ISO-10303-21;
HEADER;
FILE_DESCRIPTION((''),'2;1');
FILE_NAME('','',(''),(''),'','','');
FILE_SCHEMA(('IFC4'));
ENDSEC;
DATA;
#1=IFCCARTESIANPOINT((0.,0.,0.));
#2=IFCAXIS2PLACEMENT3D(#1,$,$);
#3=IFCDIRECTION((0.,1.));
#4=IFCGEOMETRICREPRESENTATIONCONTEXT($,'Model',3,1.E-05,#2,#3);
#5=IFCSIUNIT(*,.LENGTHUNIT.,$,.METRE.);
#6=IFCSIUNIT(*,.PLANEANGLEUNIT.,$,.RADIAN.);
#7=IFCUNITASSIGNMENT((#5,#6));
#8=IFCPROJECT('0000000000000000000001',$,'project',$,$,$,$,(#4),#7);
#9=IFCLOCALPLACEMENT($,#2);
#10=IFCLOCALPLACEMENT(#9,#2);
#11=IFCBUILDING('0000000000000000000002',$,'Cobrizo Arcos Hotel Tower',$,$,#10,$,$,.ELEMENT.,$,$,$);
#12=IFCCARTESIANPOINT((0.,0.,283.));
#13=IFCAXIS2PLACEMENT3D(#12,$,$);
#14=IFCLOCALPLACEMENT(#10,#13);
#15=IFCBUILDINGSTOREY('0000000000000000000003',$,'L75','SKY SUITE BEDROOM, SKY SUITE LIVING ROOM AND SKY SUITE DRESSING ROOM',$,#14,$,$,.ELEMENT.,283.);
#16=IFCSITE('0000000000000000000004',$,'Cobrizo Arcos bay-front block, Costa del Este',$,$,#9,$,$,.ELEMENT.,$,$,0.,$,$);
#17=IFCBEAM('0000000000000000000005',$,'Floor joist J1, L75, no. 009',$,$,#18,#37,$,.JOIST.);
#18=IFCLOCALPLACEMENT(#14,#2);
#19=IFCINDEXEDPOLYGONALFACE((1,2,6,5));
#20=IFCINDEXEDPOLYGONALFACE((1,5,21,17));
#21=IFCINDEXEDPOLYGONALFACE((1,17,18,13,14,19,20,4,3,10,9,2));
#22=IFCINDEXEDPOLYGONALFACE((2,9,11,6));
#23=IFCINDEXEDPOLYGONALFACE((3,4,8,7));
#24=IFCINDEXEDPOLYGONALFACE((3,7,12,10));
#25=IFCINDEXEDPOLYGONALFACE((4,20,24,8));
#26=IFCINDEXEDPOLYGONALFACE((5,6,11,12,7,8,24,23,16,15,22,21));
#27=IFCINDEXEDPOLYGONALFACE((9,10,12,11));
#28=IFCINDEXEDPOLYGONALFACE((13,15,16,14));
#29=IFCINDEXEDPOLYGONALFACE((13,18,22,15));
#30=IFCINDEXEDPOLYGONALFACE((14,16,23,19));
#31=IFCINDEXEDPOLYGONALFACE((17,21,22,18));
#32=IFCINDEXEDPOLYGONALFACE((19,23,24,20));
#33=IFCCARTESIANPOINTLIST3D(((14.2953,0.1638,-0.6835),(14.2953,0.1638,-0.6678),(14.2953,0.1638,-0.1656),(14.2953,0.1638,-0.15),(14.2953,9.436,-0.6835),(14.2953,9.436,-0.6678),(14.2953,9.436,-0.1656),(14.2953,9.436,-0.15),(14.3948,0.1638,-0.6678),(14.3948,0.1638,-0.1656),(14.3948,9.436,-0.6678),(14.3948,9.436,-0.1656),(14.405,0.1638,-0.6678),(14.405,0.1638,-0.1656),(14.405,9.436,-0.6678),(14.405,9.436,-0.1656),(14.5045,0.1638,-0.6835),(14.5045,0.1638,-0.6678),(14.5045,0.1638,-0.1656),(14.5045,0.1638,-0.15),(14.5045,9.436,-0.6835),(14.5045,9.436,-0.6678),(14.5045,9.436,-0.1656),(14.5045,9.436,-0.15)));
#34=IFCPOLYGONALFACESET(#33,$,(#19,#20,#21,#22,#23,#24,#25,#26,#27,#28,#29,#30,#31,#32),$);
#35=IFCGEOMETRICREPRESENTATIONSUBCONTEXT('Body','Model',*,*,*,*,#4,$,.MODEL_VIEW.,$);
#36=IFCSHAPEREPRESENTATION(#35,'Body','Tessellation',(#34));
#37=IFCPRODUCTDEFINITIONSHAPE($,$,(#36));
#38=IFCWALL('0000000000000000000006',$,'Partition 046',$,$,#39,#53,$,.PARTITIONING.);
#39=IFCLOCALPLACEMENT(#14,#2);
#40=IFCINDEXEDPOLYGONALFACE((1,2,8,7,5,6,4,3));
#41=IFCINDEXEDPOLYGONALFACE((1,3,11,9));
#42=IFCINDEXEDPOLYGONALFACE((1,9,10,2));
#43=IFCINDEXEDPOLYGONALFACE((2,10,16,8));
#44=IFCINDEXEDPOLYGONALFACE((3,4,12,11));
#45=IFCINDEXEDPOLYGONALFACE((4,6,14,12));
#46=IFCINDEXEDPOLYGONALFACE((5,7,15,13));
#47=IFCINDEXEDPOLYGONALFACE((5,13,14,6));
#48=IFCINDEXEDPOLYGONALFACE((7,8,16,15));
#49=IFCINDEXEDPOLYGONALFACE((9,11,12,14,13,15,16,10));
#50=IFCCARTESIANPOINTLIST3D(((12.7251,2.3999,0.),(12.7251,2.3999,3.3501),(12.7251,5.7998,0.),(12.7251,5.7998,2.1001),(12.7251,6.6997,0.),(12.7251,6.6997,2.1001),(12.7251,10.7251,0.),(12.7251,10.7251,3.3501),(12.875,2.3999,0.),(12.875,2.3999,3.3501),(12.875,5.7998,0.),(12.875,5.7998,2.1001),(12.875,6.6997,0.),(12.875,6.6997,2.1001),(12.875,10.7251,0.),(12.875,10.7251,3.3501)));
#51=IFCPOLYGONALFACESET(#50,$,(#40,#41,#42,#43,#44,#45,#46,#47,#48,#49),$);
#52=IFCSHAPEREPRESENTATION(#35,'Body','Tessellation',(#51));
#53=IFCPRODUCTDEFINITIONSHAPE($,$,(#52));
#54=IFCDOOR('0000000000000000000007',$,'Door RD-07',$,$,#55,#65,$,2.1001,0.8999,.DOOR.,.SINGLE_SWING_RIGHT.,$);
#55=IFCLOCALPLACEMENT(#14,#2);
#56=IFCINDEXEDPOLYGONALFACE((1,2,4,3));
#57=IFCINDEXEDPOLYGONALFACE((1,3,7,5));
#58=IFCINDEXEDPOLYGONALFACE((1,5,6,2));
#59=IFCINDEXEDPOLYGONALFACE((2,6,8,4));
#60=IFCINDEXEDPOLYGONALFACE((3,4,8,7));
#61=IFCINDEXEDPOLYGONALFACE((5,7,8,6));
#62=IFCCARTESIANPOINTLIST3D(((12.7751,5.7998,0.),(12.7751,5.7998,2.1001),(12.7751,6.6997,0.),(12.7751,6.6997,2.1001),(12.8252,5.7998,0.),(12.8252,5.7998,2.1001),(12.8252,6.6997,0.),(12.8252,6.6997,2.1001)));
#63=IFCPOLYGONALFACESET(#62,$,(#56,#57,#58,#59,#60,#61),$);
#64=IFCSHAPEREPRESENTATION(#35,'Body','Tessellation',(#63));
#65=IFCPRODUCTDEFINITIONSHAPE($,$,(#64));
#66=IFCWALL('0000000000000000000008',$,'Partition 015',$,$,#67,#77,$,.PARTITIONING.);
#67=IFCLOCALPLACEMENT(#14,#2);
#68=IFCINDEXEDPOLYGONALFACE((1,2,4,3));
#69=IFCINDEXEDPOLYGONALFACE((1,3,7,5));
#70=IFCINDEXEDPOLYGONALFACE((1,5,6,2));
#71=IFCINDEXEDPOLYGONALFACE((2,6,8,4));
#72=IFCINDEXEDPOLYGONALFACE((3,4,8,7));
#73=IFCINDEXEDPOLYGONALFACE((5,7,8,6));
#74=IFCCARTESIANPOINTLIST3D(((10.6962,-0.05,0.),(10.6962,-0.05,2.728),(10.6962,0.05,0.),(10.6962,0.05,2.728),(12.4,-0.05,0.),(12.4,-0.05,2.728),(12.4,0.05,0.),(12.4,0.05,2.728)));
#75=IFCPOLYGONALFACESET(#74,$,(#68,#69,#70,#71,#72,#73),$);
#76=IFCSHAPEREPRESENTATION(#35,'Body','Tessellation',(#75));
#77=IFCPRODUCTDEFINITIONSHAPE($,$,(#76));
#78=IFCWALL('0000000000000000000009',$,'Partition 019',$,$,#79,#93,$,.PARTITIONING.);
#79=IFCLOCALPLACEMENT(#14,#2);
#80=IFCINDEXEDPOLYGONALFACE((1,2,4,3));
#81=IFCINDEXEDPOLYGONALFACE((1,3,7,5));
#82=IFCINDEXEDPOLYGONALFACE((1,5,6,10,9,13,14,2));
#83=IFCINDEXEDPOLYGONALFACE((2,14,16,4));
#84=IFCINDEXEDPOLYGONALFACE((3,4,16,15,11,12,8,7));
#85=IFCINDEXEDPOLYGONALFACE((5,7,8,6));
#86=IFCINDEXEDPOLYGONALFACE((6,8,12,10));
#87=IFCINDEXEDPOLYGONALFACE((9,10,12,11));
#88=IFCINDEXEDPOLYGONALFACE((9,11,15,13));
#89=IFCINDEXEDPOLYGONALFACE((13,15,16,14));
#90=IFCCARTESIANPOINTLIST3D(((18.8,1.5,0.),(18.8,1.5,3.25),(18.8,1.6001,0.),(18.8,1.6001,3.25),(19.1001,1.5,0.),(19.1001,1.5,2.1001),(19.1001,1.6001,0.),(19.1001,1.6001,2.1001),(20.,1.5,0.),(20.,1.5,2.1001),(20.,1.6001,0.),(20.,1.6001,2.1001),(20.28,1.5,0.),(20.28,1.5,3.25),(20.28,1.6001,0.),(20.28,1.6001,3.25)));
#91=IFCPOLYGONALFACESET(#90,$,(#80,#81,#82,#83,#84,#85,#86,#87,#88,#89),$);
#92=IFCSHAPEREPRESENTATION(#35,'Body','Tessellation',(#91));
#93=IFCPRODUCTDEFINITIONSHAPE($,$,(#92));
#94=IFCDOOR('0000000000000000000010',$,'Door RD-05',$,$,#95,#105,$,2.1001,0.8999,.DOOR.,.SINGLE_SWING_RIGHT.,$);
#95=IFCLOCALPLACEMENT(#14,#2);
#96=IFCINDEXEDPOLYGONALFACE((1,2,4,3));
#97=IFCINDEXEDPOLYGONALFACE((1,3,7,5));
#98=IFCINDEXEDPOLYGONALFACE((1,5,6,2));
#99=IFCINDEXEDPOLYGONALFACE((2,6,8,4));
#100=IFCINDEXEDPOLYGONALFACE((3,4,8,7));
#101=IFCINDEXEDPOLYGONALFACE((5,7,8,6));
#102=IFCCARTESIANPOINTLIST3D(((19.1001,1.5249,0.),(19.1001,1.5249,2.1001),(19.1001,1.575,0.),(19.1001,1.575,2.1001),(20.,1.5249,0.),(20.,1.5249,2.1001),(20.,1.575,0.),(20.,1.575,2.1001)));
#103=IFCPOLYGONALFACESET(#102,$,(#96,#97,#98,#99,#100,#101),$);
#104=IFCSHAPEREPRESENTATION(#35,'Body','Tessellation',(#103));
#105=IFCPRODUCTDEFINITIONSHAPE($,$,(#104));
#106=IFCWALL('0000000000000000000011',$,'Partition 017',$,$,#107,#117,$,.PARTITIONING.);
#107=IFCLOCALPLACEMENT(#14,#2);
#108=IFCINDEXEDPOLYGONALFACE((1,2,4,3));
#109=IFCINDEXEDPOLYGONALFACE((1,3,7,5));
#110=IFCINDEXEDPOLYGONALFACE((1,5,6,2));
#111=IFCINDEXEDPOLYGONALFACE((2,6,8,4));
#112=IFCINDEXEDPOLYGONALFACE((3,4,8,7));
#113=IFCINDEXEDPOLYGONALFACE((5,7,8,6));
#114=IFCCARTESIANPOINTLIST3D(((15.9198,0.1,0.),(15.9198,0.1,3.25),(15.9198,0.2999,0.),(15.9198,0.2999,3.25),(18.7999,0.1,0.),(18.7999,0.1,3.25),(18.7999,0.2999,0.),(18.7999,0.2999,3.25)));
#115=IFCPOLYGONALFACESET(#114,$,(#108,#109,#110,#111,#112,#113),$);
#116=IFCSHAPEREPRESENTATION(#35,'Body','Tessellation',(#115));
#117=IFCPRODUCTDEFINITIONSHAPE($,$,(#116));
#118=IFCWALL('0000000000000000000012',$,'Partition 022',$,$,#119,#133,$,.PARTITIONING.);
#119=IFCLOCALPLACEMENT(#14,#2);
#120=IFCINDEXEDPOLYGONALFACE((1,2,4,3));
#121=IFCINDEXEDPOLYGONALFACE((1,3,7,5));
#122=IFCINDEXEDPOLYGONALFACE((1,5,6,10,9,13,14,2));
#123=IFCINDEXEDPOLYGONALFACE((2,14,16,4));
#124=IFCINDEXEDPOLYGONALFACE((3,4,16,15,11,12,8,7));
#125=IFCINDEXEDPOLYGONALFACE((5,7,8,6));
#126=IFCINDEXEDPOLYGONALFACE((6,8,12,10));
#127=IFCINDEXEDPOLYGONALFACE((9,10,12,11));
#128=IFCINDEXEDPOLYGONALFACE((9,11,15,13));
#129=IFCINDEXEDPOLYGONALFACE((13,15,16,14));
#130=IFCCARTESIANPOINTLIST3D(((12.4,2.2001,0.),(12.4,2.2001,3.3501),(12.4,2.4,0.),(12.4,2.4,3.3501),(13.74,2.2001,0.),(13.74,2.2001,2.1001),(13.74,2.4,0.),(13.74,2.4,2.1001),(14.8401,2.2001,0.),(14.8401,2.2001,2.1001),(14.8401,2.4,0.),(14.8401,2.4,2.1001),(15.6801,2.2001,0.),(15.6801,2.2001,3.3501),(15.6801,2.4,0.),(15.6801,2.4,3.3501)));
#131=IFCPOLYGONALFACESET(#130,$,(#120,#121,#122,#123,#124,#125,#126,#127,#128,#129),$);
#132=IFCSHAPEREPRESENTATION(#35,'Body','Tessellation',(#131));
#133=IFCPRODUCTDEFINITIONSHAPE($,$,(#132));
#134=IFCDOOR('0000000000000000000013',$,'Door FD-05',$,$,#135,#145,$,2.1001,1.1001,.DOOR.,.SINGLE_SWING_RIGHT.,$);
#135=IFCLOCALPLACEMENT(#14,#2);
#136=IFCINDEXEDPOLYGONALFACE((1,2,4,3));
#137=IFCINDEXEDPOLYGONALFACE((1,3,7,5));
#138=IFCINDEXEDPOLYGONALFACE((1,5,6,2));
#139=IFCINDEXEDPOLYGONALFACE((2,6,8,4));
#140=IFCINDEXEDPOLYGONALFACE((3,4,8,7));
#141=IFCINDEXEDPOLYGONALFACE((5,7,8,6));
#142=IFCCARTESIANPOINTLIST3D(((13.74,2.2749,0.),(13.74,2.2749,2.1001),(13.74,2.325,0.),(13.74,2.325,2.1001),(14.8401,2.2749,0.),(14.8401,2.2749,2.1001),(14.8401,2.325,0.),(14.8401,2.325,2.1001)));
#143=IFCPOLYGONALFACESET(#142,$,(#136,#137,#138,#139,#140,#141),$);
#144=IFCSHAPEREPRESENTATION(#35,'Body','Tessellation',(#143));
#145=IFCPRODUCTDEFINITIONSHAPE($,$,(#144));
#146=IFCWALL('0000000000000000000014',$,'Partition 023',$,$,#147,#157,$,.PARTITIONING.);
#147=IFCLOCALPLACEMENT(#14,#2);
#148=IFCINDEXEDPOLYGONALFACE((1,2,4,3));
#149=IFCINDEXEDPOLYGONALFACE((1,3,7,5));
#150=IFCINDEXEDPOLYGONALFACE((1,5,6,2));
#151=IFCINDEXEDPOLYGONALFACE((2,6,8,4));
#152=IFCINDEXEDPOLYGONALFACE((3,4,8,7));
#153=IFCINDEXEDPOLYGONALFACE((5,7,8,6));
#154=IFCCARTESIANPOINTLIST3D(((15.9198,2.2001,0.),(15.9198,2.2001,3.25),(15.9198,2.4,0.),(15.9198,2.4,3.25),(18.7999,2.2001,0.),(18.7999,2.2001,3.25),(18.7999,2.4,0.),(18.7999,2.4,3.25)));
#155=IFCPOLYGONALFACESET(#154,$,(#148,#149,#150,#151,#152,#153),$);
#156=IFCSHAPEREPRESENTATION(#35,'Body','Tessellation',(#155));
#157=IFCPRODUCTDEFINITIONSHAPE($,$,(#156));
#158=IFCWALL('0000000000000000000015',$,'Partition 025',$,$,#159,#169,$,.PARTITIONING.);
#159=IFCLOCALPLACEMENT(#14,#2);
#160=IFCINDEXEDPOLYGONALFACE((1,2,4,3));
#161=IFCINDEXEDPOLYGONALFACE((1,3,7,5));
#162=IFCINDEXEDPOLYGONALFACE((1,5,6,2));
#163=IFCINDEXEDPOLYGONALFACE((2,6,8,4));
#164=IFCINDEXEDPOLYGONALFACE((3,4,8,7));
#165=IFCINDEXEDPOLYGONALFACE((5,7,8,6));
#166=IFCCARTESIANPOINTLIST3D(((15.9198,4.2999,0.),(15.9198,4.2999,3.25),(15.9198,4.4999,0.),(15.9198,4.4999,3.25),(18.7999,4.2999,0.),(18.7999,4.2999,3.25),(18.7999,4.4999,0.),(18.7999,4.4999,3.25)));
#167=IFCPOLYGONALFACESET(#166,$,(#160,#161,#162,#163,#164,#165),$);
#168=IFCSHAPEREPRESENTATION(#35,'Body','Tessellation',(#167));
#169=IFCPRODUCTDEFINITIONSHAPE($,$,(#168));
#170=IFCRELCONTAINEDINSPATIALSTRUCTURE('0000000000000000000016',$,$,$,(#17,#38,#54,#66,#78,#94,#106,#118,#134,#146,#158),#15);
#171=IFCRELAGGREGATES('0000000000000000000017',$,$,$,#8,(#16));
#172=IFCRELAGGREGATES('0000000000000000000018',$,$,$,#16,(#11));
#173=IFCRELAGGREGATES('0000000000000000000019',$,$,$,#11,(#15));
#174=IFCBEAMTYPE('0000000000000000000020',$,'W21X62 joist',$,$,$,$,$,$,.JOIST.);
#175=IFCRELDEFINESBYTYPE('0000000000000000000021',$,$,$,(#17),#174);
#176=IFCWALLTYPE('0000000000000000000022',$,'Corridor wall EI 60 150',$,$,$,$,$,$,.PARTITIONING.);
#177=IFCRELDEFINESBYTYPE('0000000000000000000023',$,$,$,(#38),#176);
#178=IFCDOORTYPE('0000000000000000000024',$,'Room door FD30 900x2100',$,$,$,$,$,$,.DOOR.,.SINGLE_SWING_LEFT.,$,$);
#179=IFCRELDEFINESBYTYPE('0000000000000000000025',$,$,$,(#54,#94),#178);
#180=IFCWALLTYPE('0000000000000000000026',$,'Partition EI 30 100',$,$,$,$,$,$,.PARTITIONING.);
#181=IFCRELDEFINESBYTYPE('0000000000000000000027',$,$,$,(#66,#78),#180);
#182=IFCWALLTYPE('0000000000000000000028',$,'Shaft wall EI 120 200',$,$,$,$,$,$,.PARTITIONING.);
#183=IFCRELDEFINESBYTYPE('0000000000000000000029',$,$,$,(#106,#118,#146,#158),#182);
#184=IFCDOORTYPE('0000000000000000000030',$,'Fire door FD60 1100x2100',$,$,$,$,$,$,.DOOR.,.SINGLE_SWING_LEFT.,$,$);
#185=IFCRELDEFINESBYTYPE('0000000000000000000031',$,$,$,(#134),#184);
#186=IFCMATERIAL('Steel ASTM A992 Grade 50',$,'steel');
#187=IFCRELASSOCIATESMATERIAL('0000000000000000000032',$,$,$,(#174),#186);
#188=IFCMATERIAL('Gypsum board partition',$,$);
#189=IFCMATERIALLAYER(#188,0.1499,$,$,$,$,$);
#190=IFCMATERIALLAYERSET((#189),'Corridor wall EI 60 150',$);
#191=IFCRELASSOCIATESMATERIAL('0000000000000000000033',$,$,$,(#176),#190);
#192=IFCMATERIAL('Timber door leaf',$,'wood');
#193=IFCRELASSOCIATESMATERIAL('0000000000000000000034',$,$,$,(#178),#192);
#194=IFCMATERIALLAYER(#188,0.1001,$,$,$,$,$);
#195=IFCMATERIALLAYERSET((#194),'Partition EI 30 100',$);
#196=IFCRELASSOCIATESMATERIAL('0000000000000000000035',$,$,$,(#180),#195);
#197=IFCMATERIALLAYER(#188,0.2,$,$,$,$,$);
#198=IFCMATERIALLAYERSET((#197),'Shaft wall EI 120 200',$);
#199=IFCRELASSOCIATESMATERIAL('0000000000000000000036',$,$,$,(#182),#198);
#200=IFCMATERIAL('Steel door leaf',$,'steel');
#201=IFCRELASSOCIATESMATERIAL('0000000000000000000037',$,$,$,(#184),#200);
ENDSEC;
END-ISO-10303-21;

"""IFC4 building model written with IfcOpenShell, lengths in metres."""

from ifc_helpers import new_model, si_unit, direction, frame, frame_2d, origin, origin_2d, place, context, subcontext, project, spatial, rectangle, i_section, extrude, material, layer, layer_set, material_profile, profile_set, type_object, element, fill, save


model = new_model("IFC4")

# Units and contexts
model_context = context("Model", 3, precision=1e-05, world=origin(), true_north=direction((0.0, 1.0)))
body_context = subcontext(model_context, "Body", "Model", "MODEL_VIEW")
ifc_project = project(units=[si_unit("LENGTHUNIT", "METRE"), si_unit("PLANEANGLEUNIT", "RADIAN")], contexts=[model_context])

# Site, building, storey
site_placement = place(None, origin())
site = spatial("IfcSite", under=ifc_project, at=site_placement, Name="Cobrizo Arcos bay-front block, Costa del Este", CompositionType="ELEMENT", RefElevation=0.0)
building_placement = place(site_placement, origin())
building = spatial("IfcBuilding", under=site, at=building_placement, Name="Cobrizo Arcos Hotel Tower", CompositionType="ELEMENT")
storey_placement = place(building_placement, frame((0.0, 0.0, 283.0)))
storey = spatial("IfcBuildingStorey", under=building, at=storey_placement, Name="L75", Description="SKY SUITE BEDROOM, SKY SUITE LIVING ROOM AND SKY SUITE DRESSING ROOM", CompositionType="ELEMENT", Elevation=283.0)

# Beam
ifc_material_1 = material(Name="Steel ASTM A992 Grade 50", Category="steel")
ifc_material_profile = material_profile(ifc_material_1, i_section(OverallWidth=0.2092, OverallDepth=0.5334, WebThickness=0.0103, FlangeThickness=0.0156, at=origin_2d()), Name="W21X62")
ifc_profile_set = profile_set([ifc_material_profile], Name="Steel ASTM A992 Grade 50")
beam_type = type_object("IfcBeamType", Name="W21X62 joist", PredefinedType="JOIST", material=ifc_profile_set)
beam_placement = place(storey_placement, frame((14.3999, 0.1638, -0.4167), z_axis=(0.0, 1.0, 0.0), x_axis=(-1.0, 0.0, 0.0)))
element("IfcBeam", 1, at=beam_placement, inside=storey, type_object=beam_type, Name="Floor joist J1, L75, no. 009", PredefinedType="JOIST", context=body_context, shape_type="SweptSolid", body=[
    extrude(i_section(OverallWidth=0.2092, OverallDepth=0.5334, WebThickness=0.0103, FlangeThickness=0.0156, at=origin_2d()), origin(), (0.0, 0.0, 1.0), 9.2722),
])

# Wall, opening, door
ifc_material_2 = material(Name="Gypsum board partition")
ifc_layer_1 = layer(ifc_material_2, 0.1499)
ifc_layer_set_1 = layer_set([ifc_layer_1], Name="Corridor wall EI 60 150")
wall_type_1 = type_object("IfcWallType", Name="Corridor wall EI 60 150", PredefinedType="PARTITIONING", material=ifc_layer_set_1)
wall_1_placement = place(storey_placement, frame((12.8, 2.3999, 0.0), z_axis=(0.0, 0.0, 1.0), x_axis=(0.0, 1.0, 0.0)))
wall_1 = element("IfcWall", 2, at=wall_1_placement, inside=storey, type_object=wall_type_1, Name="Partition 046", PredefinedType="PARTITIONING", context=body_context, shape_type="SweptSolid", body=[
    extrude(rectangle(XDim=8.3252, YDim=0.1499, at=frame_2d((4.1626, 0.0))), origin(), (0.0, 0.0, 1.0), 3.3501),
])
opening_1_placement = place(wall_1_placement, frame((3.3999, 0.0, 0.0)))
opening_1 = element("IfcOpeningElement", 3, at=opening_1_placement, cuts=wall_1, PredefinedType="OPENING", context=body_context, shape_type="SweptSolid", body=[
    extrude(rectangle(XDim=0.8999, YDim=2.1001, at=frame_2d((0.45, 1.05))), frame((0.0, 0.0869, 0.0), z_axis=(0.0, -1.0, 0.0), x_axis=(1.0, 0.0, 0.0)), (0.0, 0.0, 1.0), 0.1738),
])
ifc_material_3 = material(Name="Timber door leaf", Category="wood")
door_type_1 = type_object("IfcDoorType", Name="Room door FD30 900x2100", OperationType="SINGLE_SWING_LEFT", PredefinedType="DOOR", material=ifc_material_3)
door_1_placement = place(opening_1_placement, origin())
door_1 = element("IfcDoor", 4, at=door_1_placement, inside=storey, type_object=door_type_1, Name="Door RD-07", OperationType="SINGLE_SWING_RIGHT", OverallHeight=2.1001, OverallWidth=0.8999, PredefinedType="DOOR", context=body_context, shape_type="SweptSolid", body=[
    extrude(rectangle(XDim=0.8999, YDim=2.1001, at=frame_2d((0.45, 1.05))), frame((0.0, 0.0249, 0.0), z_axis=(0.0, -1.0, 0.0), x_axis=(1.0, 0.0, 0.0)), (0.0, 0.0, 1.0), 0.05),
])
fill(opening_1, door_1)

# Wall
ifc_layer_2 = layer(ifc_material_2, 0.1001)
ifc_layer_set_2 = layer_set([ifc_layer_2], Name="Partition EI 30 100")
wall_type_2 = type_object("IfcWallType", Name="Partition EI 30 100", PredefinedType="PARTITIONING", material=ifc_layer_set_2)
wall_2_placement = place(storey_placement, frame((10.696, 0.0, 0.0), z_axis=(0.0, 0.0, 1.0), x_axis=(1.0, 0.0, 0.0)))
element("IfcWall", 5, at=wall_2_placement, inside=storey, type_object=wall_type_2, Name="Partition 015", PredefinedType="PARTITIONING", context=body_context, shape_type="SweptSolid", body=[
    extrude(rectangle(XDim=1.7039, YDim=0.1001, at=frame_2d((0.8521, 0.0))), origin(), (0.0, 0.0, 1.0), 2.728),
])

# Wall, opening, door
wall_3_placement = place(storey_placement, frame((18.8, 1.55, 0.0), z_axis=(0.0, 0.0, 1.0), x_axis=(1.0, 0.0, 0.0)))
wall_3 = element("IfcWall", 6, at=wall_3_placement, inside=storey, type_object=wall_type_2, Name="Partition 019", PredefinedType="PARTITIONING", context=body_context, shape_type="SweptSolid", body=[
    extrude(rectangle(XDim=1.48, YDim=0.1001, at=frame_2d((0.74, 0.0))), origin(), (0.0, 0.0, 1.0), 3.25),
])
opening_2_placement = place(wall_3_placement, frame((0.3, 0.0, 0.0)))
opening_2 = element("IfcOpeningElement", 7, at=opening_2_placement, cuts=wall_3, PredefinedType="OPENING", context=body_context, shape_type="SweptSolid", body=[
    extrude(rectangle(XDim=0.8999, YDim=2.1001, at=frame_2d((0.45, 1.05))), frame((0.0, 0.062, 0.0), z_axis=(0.0, -1.0, 0.0), x_axis=(1.0, 0.0, 0.0)), (0.0, 0.0, 1.0), 0.124),
])
door_2_placement = place(opening_2_placement, origin())
door_2 = element("IfcDoor", 8, at=door_2_placement, inside=storey, type_object=door_type_1, Name="Door RD-05", OperationType="SINGLE_SWING_RIGHT", OverallHeight=2.1001, OverallWidth=0.8999, PredefinedType="DOOR", context=body_context, shape_type="SweptSolid", body=[
    extrude(rectangle(XDim=0.8999, YDim=2.1001, at=frame_2d((0.45, 1.05))), frame((0.0, 0.0249, 0.0), z_axis=(0.0, -1.0, 0.0), x_axis=(1.0, 0.0, 0.0)), (0.0, 0.0, 1.0), 0.05),
])
fill(opening_2, door_2)

# Wall
ifc_layer_3 = layer(ifc_material_2, 0.2)
ifc_layer_set_3 = layer_set([ifc_layer_3], Name="Shaft wall EI 120 200")
wall_type_3 = type_object("IfcWallType", Name="Shaft wall EI 120 200", PredefinedType="PARTITIONING", material=ifc_layer_set_3)
wall_4_placement = place(storey_placement, frame((15.9199, 0.2, 0.0), z_axis=(0.0, 0.0, 1.0), x_axis=(1.0, 0.0, 0.0)))
element("IfcWall", 9, at=wall_4_placement, inside=storey, type_object=wall_type_3, Name="Partition 017", PredefinedType="PARTITIONING", context=body_context, shape_type="SweptSolid", body=[
    extrude(rectangle(XDim=2.8801, YDim=0.2, at=frame_2d((1.4399, 0.0))), origin(), (0.0, 0.0, 1.0), 3.25),
])

# Wall, opening, door
wall_5_placement = place(storey_placement, frame((12.3999, 2.3, 0.0), z_axis=(0.0, 0.0, 1.0), x_axis=(1.0, 0.0, 0.0)))
wall_5 = element("IfcWall", 10, at=wall_5_placement, inside=storey, type_object=wall_type_3, Name="Partition 022", PredefinedType="PARTITIONING", context=body_context, shape_type="SweptSolid", body=[
    extrude(rectangle(XDim=3.28, YDim=0.2, at=frame_2d((1.6401, 0.0))), origin(), (0.0, 0.0, 1.0), 3.3501),
])
opening_3_placement = place(wall_5_placement, frame((1.3401, 0.0, 0.0)))
opening_3 = element("IfcOpeningElement", 11, at=opening_3_placement, cuts=wall_5, PredefinedType="OPENING", context=body_context, shape_type="SweptSolid", body=[
    extrude(rectangle(XDim=1.1001, YDim=2.1001, at=frame_2d((0.55, 1.05))), frame((0.0, 0.1121, 0.0), z_axis=(0.0, -1.0, 0.0), x_axis=(1.0, 0.0, 0.0)), (0.0, 0.0, 1.0), 0.2239),
])
ifc_material_4 = material(Name="Steel door leaf", Category="steel")
door_type_2 = type_object("IfcDoorType", Name="Fire door FD60 1100x2100", OperationType="SINGLE_SWING_LEFT", PredefinedType="DOOR", material=ifc_material_4)
door_3_placement = place(opening_3_placement, origin())
door_3 = element("IfcDoor", 12, at=door_3_placement, inside=storey, type_object=door_type_2, Name="Door FD-05", OperationType="SINGLE_SWING_RIGHT", OverallHeight=2.1001, OverallWidth=1.1001, PredefinedType="DOOR", context=body_context, shape_type="SweptSolid", body=[
    extrude(rectangle(XDim=1.1001, YDim=2.1001, at=frame_2d((0.55, 1.05))), frame((0.0, 0.0249, 0.0), z_axis=(0.0, -1.0, 0.0), x_axis=(1.0, 0.0, 0.0)), (0.0, 0.0, 1.0), 0.05),
])
fill(opening_3, door_3)

# Walls
for number, where, z_axis, x_axis, name in (
    (13, (15.9199, 2.3, 0.0), (0.0, 0.0, 1.0), (1.0, 0.0, 0.0), "Partition 023"),
    (14, (15.9199, 4.3999, 0.0), (0.0, 0.0, 1.0), (1.0, 0.0, 0.0), "Partition 025"),
):
    element("IfcWall", number, at=place(storey_placement, frame(where, z_axis=z_axis, x_axis=x_axis)), inside=storey, type_object=wall_type_3, Name=name, PredefinedType="PARTITIONING", context=body_context, shape_type="SweptSolid", body=[
        extrude(rectangle(XDim=2.8801, YDim=0.2, at=frame_2d((1.4399, 0.0))), origin(), (0.0, 0.0, 1.0), 3.25),
    ])

save(model, "model.ifc")
